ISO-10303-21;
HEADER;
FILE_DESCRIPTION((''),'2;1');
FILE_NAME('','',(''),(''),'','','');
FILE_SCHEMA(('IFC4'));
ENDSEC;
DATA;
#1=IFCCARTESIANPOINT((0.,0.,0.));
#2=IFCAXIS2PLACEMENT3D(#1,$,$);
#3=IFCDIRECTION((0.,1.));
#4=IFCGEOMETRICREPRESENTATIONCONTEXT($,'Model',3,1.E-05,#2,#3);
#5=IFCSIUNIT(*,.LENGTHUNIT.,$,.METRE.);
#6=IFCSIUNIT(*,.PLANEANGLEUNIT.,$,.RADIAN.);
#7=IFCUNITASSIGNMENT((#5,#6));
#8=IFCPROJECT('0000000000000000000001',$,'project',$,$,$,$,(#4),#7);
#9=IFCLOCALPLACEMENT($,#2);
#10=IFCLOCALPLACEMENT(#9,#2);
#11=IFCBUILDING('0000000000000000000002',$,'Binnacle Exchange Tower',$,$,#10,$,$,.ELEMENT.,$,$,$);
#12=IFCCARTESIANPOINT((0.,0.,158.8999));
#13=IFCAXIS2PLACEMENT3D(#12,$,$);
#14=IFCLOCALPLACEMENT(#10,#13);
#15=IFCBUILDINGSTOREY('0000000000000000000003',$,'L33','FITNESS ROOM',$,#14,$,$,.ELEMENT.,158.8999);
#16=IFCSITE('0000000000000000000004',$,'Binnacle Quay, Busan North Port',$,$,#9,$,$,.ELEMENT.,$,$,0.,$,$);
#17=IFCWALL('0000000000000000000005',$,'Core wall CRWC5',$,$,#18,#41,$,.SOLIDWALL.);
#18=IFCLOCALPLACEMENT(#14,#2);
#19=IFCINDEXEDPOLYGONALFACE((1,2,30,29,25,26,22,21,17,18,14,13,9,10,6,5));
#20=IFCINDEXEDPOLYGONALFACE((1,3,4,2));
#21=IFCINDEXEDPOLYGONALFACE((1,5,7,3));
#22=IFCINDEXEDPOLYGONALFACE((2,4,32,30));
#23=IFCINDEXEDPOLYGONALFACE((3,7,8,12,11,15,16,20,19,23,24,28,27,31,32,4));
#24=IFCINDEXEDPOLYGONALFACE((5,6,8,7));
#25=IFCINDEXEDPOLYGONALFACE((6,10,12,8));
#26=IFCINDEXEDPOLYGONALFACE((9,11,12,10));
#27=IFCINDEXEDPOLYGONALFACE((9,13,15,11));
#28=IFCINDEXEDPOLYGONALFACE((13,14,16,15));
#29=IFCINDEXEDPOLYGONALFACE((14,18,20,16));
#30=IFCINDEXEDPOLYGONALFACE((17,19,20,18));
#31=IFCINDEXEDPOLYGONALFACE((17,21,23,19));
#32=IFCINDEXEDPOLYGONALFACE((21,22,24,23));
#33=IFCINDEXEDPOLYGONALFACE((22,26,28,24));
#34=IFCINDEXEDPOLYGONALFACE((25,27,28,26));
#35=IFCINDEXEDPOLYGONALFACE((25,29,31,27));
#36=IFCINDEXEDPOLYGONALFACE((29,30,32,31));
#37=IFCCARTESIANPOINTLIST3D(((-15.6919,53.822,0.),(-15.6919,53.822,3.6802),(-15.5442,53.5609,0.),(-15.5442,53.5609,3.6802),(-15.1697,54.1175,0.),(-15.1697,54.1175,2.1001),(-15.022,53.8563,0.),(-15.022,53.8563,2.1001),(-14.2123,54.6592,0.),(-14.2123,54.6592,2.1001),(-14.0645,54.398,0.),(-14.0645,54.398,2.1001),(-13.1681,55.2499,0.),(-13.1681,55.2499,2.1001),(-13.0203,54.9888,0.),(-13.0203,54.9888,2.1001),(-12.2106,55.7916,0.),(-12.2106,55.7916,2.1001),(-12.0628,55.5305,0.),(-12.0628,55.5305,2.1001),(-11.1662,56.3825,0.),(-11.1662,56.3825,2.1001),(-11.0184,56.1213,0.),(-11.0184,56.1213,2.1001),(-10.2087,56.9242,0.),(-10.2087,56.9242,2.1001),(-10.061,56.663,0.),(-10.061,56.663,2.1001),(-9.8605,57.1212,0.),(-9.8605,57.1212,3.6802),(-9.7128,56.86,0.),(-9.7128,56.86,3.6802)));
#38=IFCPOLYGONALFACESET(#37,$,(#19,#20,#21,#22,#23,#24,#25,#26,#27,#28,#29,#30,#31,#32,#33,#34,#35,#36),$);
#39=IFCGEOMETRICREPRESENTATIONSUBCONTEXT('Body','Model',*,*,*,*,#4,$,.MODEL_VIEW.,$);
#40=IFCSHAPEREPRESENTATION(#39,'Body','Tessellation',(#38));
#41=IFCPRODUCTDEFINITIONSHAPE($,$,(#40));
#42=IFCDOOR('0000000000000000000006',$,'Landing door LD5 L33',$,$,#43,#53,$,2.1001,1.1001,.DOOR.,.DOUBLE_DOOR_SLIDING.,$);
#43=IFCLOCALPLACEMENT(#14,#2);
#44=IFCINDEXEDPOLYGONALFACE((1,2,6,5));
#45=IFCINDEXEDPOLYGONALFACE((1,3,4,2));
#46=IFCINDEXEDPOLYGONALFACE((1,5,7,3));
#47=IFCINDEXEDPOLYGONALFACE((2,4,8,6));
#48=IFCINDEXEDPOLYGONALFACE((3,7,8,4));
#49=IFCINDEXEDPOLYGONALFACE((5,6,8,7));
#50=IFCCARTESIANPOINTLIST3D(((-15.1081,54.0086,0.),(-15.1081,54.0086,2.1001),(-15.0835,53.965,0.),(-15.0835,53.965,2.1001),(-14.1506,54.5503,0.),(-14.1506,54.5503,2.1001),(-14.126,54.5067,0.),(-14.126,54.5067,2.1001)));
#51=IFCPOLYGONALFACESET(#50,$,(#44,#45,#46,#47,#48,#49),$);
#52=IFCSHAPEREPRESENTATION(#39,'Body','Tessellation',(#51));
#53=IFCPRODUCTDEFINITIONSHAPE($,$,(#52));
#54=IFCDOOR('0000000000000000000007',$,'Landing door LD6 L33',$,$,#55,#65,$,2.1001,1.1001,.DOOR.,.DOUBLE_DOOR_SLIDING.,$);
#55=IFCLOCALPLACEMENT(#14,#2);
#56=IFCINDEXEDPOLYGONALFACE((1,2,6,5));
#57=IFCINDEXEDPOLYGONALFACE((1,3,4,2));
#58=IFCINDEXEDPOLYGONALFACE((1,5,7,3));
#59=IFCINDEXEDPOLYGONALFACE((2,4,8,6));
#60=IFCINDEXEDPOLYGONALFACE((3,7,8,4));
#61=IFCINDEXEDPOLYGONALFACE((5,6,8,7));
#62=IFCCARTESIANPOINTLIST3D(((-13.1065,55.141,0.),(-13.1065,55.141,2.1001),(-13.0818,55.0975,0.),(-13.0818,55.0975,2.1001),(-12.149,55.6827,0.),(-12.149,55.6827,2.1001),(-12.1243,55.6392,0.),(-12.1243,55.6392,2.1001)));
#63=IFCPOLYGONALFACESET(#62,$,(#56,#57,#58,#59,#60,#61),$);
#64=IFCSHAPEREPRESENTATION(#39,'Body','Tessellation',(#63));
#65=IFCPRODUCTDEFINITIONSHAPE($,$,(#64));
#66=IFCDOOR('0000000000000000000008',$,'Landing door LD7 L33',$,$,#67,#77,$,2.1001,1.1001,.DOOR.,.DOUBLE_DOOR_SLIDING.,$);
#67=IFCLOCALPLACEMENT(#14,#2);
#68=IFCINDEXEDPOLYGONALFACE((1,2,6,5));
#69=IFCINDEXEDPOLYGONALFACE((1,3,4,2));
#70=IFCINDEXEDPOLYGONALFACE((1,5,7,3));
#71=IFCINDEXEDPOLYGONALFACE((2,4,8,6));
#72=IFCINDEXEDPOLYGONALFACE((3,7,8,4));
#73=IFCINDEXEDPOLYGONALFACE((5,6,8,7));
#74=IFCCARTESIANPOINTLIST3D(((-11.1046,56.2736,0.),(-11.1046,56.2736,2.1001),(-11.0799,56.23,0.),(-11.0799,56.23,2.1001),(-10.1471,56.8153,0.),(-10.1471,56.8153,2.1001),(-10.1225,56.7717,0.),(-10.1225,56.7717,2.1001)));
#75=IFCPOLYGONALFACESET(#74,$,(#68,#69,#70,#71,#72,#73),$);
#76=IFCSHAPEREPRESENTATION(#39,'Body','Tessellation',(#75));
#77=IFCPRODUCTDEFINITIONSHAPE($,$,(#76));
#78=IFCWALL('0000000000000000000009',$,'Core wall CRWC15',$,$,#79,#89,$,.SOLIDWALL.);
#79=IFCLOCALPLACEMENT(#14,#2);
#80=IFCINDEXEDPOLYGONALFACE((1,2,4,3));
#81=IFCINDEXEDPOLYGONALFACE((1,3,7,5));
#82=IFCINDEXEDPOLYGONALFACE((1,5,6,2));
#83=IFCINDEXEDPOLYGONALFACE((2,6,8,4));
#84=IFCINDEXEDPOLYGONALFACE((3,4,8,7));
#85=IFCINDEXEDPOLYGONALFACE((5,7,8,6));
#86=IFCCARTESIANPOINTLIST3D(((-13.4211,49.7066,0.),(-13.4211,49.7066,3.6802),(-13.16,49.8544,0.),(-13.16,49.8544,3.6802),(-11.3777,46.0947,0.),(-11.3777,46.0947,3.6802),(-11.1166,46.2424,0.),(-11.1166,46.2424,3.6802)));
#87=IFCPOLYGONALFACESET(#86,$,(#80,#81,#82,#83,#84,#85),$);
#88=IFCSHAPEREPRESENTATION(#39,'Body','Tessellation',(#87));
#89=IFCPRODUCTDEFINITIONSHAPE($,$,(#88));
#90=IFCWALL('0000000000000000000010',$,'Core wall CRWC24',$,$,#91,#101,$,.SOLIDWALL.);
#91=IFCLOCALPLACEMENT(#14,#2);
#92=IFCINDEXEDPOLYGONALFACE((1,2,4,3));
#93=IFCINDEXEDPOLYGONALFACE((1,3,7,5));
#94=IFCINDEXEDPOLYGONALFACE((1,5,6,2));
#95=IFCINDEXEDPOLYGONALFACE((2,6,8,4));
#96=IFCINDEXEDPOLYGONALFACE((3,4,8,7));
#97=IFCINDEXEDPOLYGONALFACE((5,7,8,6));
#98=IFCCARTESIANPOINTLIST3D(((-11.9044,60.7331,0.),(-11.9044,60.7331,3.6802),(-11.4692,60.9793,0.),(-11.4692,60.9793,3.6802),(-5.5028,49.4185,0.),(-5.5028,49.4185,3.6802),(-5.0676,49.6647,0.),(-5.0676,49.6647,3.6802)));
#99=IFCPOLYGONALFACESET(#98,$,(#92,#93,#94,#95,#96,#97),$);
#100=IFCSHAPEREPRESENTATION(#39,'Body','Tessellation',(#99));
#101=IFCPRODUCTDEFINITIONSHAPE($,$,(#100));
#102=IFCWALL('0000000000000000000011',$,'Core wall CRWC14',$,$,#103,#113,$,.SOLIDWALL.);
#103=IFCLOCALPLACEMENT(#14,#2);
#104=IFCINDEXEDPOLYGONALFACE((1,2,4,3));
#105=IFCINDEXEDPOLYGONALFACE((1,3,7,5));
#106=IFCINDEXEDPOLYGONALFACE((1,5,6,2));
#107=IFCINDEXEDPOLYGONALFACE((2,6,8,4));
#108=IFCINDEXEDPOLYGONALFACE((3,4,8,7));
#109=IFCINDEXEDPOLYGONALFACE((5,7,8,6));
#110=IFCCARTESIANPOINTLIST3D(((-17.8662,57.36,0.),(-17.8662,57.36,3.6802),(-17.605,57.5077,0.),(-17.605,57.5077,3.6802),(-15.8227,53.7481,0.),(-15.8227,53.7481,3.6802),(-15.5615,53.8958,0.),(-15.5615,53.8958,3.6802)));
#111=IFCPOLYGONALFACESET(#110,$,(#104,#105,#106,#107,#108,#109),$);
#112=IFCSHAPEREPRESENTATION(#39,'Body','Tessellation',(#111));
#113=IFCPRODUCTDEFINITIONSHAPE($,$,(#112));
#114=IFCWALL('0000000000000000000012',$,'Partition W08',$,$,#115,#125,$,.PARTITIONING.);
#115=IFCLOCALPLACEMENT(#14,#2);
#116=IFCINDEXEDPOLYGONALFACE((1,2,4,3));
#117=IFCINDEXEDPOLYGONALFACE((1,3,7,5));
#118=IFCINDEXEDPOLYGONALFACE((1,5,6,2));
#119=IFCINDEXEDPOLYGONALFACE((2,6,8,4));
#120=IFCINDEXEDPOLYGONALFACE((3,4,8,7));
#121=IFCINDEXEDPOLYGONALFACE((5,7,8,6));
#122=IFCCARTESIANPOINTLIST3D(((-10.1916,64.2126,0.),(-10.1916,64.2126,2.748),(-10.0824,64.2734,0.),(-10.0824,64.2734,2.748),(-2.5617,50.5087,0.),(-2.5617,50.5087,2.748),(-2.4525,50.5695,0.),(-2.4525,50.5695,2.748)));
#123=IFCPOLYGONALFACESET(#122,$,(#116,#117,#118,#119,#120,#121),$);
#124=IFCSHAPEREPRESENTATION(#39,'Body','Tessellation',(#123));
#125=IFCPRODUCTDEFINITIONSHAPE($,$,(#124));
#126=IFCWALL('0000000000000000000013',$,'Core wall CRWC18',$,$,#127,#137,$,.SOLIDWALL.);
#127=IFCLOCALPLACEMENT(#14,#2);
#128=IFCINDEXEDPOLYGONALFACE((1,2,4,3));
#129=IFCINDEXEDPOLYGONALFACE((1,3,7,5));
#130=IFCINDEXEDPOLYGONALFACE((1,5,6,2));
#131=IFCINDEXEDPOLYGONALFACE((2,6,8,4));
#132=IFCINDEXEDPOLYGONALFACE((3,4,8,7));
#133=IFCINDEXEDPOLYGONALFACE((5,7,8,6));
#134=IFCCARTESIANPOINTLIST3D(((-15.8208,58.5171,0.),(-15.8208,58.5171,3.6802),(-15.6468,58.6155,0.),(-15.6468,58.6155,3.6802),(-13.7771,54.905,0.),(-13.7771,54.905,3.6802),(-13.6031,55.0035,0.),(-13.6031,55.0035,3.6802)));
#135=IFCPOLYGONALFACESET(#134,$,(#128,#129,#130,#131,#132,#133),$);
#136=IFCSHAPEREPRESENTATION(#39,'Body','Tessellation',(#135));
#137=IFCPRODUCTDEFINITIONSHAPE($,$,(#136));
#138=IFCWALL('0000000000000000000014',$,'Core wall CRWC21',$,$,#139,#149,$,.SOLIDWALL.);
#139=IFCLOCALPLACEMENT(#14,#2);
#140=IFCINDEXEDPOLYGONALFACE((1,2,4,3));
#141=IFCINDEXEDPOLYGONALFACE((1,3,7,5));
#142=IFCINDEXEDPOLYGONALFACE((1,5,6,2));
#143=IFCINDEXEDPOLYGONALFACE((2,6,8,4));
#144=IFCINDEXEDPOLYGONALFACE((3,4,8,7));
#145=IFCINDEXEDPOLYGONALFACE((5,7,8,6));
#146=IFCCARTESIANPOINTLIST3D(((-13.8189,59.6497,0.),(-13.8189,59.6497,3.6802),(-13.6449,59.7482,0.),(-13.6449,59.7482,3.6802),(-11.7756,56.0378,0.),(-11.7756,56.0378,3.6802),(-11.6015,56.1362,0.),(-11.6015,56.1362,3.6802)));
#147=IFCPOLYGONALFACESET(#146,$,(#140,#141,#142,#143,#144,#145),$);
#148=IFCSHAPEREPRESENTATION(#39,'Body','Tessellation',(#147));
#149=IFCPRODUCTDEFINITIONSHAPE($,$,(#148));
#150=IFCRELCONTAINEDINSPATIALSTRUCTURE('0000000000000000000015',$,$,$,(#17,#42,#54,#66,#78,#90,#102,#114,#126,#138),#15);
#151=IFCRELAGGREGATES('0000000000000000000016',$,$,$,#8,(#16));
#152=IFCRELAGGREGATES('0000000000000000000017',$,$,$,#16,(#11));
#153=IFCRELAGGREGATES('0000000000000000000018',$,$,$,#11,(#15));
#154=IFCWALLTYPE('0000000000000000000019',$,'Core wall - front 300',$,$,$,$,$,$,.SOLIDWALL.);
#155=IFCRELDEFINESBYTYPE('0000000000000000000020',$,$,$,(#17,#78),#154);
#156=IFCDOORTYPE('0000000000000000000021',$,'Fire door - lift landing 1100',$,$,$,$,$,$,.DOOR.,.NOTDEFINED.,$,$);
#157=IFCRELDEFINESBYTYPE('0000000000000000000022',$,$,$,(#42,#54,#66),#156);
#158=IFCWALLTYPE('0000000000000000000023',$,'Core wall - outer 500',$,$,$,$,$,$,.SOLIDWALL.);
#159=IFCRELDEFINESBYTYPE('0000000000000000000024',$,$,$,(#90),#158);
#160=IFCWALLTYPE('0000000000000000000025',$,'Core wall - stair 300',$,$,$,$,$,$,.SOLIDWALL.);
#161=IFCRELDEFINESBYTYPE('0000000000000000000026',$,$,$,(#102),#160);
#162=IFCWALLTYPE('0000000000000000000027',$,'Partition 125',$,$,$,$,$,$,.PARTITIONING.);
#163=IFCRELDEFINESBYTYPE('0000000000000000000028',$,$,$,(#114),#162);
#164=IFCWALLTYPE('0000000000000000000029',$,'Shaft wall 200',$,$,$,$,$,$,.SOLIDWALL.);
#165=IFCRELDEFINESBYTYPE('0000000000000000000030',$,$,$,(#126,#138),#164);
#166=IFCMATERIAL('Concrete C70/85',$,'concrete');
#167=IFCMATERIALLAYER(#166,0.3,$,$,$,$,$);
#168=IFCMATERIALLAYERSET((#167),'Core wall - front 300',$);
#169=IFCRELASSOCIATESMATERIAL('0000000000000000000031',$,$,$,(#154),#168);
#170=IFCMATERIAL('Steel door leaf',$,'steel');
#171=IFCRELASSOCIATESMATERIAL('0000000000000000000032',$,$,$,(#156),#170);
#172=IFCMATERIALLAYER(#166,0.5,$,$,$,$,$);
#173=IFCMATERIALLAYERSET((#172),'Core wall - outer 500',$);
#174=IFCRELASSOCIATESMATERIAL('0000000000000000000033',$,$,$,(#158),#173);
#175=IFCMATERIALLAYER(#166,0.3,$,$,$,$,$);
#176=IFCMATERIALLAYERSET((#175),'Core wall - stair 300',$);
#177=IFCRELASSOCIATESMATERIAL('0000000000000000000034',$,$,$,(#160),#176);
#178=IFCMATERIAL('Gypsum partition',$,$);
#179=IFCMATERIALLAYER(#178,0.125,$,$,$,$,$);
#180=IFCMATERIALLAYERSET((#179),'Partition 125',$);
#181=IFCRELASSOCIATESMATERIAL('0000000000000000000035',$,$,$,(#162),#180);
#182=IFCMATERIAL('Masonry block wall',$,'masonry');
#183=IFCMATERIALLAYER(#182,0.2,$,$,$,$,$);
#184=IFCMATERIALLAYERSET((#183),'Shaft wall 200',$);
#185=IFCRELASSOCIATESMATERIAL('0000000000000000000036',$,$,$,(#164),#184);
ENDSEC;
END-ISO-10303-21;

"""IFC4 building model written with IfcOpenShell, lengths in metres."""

from ifc_helpers import new_model, si_unit, direction, frame, frame_2d, origin, place, context, subcontext, project, spatial, rectangle, extrude, material, layer, layer_set, type_object, element, fill, save


model = new_model("IFC4")

# Units and contexts
model_context = context("Model", 3, precision=1e-05, world=origin(), true_north=direction((0.0, 1.0)))
body_context = subcontext(model_context, "Body", "Model", "MODEL_VIEW")
ifc_project = project(units=[si_unit("LENGTHUNIT", "METRE"), si_unit("PLANEANGLEUNIT", "RADIAN")], contexts=[model_context])

# Site, building, storey
site_placement = place(None, origin())
site = spatial("IfcSite", under=ifc_project, at=site_placement, Name="Binnacle Quay, Busan North Port", CompositionType="ELEMENT", RefElevation=0.0)
building_placement = place(site_placement, origin())
building = spatial("IfcBuilding", under=site, at=building_placement, Name="Binnacle Exchange Tower", CompositionType="ELEMENT")
storey_placement = place(building_placement, frame((0.0, 0.0, 158.8999)))
storey = spatial("IfcBuildingStorey", under=building, at=storey_placement, Name="L33", Description="FITNESS ROOM", CompositionType="ELEMENT", Elevation=158.8999)

# Shared definitions
ifc_material_1 = material(Name="Concrete C70/85", Category="concrete")

# Shared definitions
ifc_layer_1 = layer(ifc_material_1, 0.3)
ifc_layer_set_1 = layer_set([ifc_layer_1], Name="Core wall - front 300")
wall_type_1 = type_object("IfcWallType", Name="Core wall - front 300", PredefinedType="SOLIDWALL", material=ifc_layer_set_1)
ifc_material_2 = material(Name="Steel door leaf", Category="steel")

# Wall, openings, doors
wall_1_placement = place(storey_placement, frame((-15.6182, 53.6914, 0.0), z_axis=(0.0, 0.0, 1.0), x_axis=(0.870363, 0.49241, 0.0)))
wall_1 = element("IfcWall", 1, at=wall_1_placement, inside=storey, type_object=wall_type_1, Name="Core wall CRWC5", PredefinedType="SOLIDWALL", context=body_context, shape_type="SweptSolid", body=[
    extrude(rectangle(XDim=6.7, YDim=0.3, at=frame_2d((3.3501, 0.0))), origin(), (0.0, 0.0, 1.0), 3.6802),
])
opening_1_placement = place(wall_1_placement, frame((0.6001, 0.0, 0.0)))
opening_1 = element("IfcOpeningElement", 2, at=opening_1_placement, cuts=wall_1, PredefinedType="OPENING", context=body_context, shape_type="SweptSolid", body=[
    extrude(rectangle(XDim=1.1001, YDim=2.1001, at=frame_2d((0.55, 1.05))), frame((0.0, 0.1599, 0.0), z_axis=(0.0, -1.0, 0.0), x_axis=(1.0, 0.0, 0.0)), (0.0, 0.0, 1.0), 0.3201),
])
opening_2_placement = place(wall_1_placement, frame((2.8999, 0.0, 0.0)))
opening_2 = element("IfcOpeningElement", 3, at=opening_2_placement, cuts=wall_1, PredefinedType="OPENING", context=body_context, shape_type="SweptSolid", body=[
    extrude(rectangle(XDim=1.1001, YDim=2.1001, at=frame_2d((0.55, 1.05))), frame((0.0, 0.1599, 0.0), z_axis=(0.0, -1.0, 0.0), x_axis=(1.0, 0.0, 0.0)), (0.0, 0.0, 1.0), 0.3201),
])
opening_3_placement = place(wall_1_placement, frame((5.2, 0.0, 0.0)))
opening_3 = element("IfcOpeningElement", 4, at=opening_3_placement, cuts=wall_1, PredefinedType="OPENING", context=body_context, shape_type="SweptSolid", body=[
    extrude(rectangle(XDim=1.1001, YDim=2.1001, at=frame_2d((0.55, 1.05))), frame((0.0, 0.1599, 0.0), z_axis=(0.0, -1.0, 0.0), x_axis=(1.0, 0.0, 0.0)), (0.0, 0.0, 1.0), 0.3201),
])
door_type_1 = type_object("IfcDoorType", Name="Fire door - lift landing 1100", OperationType="NOTDEFINED", PredefinedType="DOOR", material=ifc_material_2)
door_1_placement = place(opening_1_placement, origin())
door_1 = element("IfcDoor", 5, at=door_1_placement, inside=storey, type_object=door_type_1, Name="Landing door LD5 L33", OperationType="DOUBLE_DOOR_SLIDING", OverallHeight=2.1001, OverallWidth=1.1001, PredefinedType="DOOR", context=body_context, shape_type="SweptSolid", body=[
    extrude(rectangle(XDim=1.1001, YDim=2.1001, at=frame_2d((0.55, 1.05))), frame((0.0, 0.0249, 0.0), z_axis=(0.0, -1.0, 0.0), x_axis=(1.0, 0.0, 0.0)), (0.0, 0.0, 1.0), 0.05),
])
fill(opening_1, door_1)
door_2_placement = place(opening_2_placement, origin())
door_2 = element("IfcDoor", 6, at=door_2_placement, inside=storey, type_object=door_type_1, Name="Landing door LD6 L33", OperationType="DOUBLE_DOOR_SLIDING", OverallHeight=2.1001, OverallWidth=1.1001, PredefinedType="DOOR", context=body_context, shape_type="SweptSolid", body=[
    extrude(rectangle(XDim=1.1001, YDim=2.1001, at=frame_2d((0.55, 1.05))), frame((0.0, 0.0249, 0.0), z_axis=(0.0, -1.0, 0.0), x_axis=(1.0, 0.0, 0.0)), (0.0, 0.0, 1.0), 0.05),
])
fill(opening_2, door_2)
door_3_placement = place(opening_3_placement, origin())
door_3 = element("IfcDoor", 7, at=door_3_placement, inside=storey, type_object=door_type_1, Name="Landing door LD7 L33", OperationType="DOUBLE_DOOR_SLIDING", OverallHeight=2.1001, OverallWidth=1.1001, PredefinedType="DOOR", context=body_context, shape_type="SweptSolid", body=[
    extrude(rectangle(XDim=1.1001, YDim=2.1001, at=frame_2d((0.55, 1.05))), frame((0.0, 0.0249, 0.0), z_axis=(0.0, -1.0, 0.0), x_axis=(1.0, 0.0, 0.0)), (0.0, 0.0, 1.0), 0.05),
])
fill(opening_3, door_3)

# Walls
wall_2_placement = place(storey_placement, frame((-13.2905, 49.7805, 0.0), z_axis=(0.0, 0.0, 1.0), x_axis=(0.492396, -0.870371, 0.0)))
element("IfcWall", 8, at=wall_2_placement, inside=storey, type_object=wall_type_1, Name="Core wall CRWC15", PredefinedType="SOLIDWALL", context=body_context, shape_type="SweptSolid", body=[
    extrude(rectangle(XDim=4.1499, YDim=0.3, at=frame_2d((2.075, 0.0))), origin(), (0.0, 0.0, 1.0), 3.6802),
])
ifc_layer_2 = layer(ifc_material_1, 0.5)
ifc_layer_set_2 = layer_set([ifc_layer_2], Name="Core wall - outer 500")
wall_type_2 = type_object("IfcWallType", Name="Core wall - outer 500", PredefinedType="SOLIDWALL", material=ifc_layer_set_2)
wall_3_placement = place(storey_placement, frame((-11.6868, 60.8562, 0.0), z_axis=(0.0, 0.0, 1.0), x_axis=(0.492427, -0.870354, 0.0)))
element("IfcWall", 9, at=wall_3_placement, inside=storey, type_object=wall_type_2, Name="Core wall CRWC24", PredefinedType="SOLIDWALL", context=body_context, shape_type="SweptSolid", body=[
    extrude(rectangle(XDim=13.0, YDim=0.5, at=frame_2d((6.5, 0.0))), origin(), (0.0, 0.0, 1.0), 3.6802),
])
ifc_layer_3 = layer(ifc_material_1, 0.3)
ifc_layer_set_3 = layer_set([ifc_layer_3], Name="Core wall - stair 300")
wall_type_3 = type_object("IfcWallType", Name="Core wall - stair 300", PredefinedType="SOLIDWALL", material=ifc_layer_set_3)
wall_4_placement = place(storey_placement, frame((-17.7356, 57.4338, 0.0), z_axis=(0.0, 0.0, 1.0), x_axis=(0.492422, -0.870357, 0.0)))
element("IfcWall", 10, at=wall_4_placement, inside=storey, type_object=wall_type_3, Name="Core wall CRWC14", PredefinedType="SOLIDWALL", context=body_context, shape_type="SweptSolid", body=[
    extrude(rectangle(XDim=4.1499, YDim=0.3, at=frame_2d((2.075, 0.0))), origin(), (0.0, 0.0, 1.0), 3.6802),
])
ifc_material_3 = material(Name="Gypsum partition")
ifc_layer_4 = layer(ifc_material_3, 0.125)
ifc_layer_set_4 = layer_set([ifc_layer_4], Name="Partition 125")
wall_type_4 = type_object("IfcWallType", Name="Partition 125", PredefinedType="PARTITIONING", material=ifc_layer_set_4)
wall_5_placement = place(storey_placement, frame((-10.137, 64.2429, 0.0), z_axis=(0.0, 0.0, 1.0), x_axis=(0.486453, -0.873707, 0.0)))
element("IfcWall", 11, at=wall_5_placement, inside=storey, type_object=wall_type_4, Name="Partition W08", PredefinedType="PARTITIONING", context=body_context, shape_type="SweptSolid", body=[
    extrude(rectangle(XDim=15.6848, YDim=0.125, at=frame_2d((7.8423, 0.0))), origin(), (0.0, 0.0, 1.0), 2.748),
])
ifc_material_4 = material(Name="Masonry block wall", Category="masonry")
ifc_layer_5 = layer(ifc_material_4, 0.2)
ifc_layer_set_5 = layer_set([ifc_layer_5], Name="Shaft wall 200")
wall_type_5 = type_object("IfcWallType", Name="Shaft wall 200", PredefinedType="SOLIDWALL", material=ifc_layer_set_5)
wall_6_placement = place(storey_placement, frame((-15.7339, 58.5664, 0.0), z_axis=(0.0, 0.0, 1.0), x_axis=(0.492441, -0.870346, 0.0)))
element("IfcWall", 12, at=wall_6_placement, inside=storey, type_object=wall_type_5, Name="Core wall CRWC18", PredefinedType="SOLIDWALL", context=body_context, shape_type="SweptSolid", body=[
    extrude(rectangle(XDim=4.1501, YDim=0.2, at=frame_2d((2.0752, 0.0))), origin(), (0.0, 0.0, 1.0), 3.6802),
])
wall_7_placement = place(storey_placement, frame((-13.7319, 59.699, 0.0), z_axis=(0.0, 0.0, 1.0), x_axis=(0.492396, -0.870371, 0.0)))
element("IfcWall", 13, at=wall_7_placement, inside=storey, type_object=wall_type_5, Name="Core wall CRWC21", PredefinedType="SOLIDWALL", context=body_context, shape_type="SweptSolid", body=[
    extrude(rectangle(XDim=4.1499, YDim=0.2, at=frame_2d((2.075, 0.0))), origin(), (0.0, 0.0, 1.0), 3.6802),
])

save(model, "model.ifc")
